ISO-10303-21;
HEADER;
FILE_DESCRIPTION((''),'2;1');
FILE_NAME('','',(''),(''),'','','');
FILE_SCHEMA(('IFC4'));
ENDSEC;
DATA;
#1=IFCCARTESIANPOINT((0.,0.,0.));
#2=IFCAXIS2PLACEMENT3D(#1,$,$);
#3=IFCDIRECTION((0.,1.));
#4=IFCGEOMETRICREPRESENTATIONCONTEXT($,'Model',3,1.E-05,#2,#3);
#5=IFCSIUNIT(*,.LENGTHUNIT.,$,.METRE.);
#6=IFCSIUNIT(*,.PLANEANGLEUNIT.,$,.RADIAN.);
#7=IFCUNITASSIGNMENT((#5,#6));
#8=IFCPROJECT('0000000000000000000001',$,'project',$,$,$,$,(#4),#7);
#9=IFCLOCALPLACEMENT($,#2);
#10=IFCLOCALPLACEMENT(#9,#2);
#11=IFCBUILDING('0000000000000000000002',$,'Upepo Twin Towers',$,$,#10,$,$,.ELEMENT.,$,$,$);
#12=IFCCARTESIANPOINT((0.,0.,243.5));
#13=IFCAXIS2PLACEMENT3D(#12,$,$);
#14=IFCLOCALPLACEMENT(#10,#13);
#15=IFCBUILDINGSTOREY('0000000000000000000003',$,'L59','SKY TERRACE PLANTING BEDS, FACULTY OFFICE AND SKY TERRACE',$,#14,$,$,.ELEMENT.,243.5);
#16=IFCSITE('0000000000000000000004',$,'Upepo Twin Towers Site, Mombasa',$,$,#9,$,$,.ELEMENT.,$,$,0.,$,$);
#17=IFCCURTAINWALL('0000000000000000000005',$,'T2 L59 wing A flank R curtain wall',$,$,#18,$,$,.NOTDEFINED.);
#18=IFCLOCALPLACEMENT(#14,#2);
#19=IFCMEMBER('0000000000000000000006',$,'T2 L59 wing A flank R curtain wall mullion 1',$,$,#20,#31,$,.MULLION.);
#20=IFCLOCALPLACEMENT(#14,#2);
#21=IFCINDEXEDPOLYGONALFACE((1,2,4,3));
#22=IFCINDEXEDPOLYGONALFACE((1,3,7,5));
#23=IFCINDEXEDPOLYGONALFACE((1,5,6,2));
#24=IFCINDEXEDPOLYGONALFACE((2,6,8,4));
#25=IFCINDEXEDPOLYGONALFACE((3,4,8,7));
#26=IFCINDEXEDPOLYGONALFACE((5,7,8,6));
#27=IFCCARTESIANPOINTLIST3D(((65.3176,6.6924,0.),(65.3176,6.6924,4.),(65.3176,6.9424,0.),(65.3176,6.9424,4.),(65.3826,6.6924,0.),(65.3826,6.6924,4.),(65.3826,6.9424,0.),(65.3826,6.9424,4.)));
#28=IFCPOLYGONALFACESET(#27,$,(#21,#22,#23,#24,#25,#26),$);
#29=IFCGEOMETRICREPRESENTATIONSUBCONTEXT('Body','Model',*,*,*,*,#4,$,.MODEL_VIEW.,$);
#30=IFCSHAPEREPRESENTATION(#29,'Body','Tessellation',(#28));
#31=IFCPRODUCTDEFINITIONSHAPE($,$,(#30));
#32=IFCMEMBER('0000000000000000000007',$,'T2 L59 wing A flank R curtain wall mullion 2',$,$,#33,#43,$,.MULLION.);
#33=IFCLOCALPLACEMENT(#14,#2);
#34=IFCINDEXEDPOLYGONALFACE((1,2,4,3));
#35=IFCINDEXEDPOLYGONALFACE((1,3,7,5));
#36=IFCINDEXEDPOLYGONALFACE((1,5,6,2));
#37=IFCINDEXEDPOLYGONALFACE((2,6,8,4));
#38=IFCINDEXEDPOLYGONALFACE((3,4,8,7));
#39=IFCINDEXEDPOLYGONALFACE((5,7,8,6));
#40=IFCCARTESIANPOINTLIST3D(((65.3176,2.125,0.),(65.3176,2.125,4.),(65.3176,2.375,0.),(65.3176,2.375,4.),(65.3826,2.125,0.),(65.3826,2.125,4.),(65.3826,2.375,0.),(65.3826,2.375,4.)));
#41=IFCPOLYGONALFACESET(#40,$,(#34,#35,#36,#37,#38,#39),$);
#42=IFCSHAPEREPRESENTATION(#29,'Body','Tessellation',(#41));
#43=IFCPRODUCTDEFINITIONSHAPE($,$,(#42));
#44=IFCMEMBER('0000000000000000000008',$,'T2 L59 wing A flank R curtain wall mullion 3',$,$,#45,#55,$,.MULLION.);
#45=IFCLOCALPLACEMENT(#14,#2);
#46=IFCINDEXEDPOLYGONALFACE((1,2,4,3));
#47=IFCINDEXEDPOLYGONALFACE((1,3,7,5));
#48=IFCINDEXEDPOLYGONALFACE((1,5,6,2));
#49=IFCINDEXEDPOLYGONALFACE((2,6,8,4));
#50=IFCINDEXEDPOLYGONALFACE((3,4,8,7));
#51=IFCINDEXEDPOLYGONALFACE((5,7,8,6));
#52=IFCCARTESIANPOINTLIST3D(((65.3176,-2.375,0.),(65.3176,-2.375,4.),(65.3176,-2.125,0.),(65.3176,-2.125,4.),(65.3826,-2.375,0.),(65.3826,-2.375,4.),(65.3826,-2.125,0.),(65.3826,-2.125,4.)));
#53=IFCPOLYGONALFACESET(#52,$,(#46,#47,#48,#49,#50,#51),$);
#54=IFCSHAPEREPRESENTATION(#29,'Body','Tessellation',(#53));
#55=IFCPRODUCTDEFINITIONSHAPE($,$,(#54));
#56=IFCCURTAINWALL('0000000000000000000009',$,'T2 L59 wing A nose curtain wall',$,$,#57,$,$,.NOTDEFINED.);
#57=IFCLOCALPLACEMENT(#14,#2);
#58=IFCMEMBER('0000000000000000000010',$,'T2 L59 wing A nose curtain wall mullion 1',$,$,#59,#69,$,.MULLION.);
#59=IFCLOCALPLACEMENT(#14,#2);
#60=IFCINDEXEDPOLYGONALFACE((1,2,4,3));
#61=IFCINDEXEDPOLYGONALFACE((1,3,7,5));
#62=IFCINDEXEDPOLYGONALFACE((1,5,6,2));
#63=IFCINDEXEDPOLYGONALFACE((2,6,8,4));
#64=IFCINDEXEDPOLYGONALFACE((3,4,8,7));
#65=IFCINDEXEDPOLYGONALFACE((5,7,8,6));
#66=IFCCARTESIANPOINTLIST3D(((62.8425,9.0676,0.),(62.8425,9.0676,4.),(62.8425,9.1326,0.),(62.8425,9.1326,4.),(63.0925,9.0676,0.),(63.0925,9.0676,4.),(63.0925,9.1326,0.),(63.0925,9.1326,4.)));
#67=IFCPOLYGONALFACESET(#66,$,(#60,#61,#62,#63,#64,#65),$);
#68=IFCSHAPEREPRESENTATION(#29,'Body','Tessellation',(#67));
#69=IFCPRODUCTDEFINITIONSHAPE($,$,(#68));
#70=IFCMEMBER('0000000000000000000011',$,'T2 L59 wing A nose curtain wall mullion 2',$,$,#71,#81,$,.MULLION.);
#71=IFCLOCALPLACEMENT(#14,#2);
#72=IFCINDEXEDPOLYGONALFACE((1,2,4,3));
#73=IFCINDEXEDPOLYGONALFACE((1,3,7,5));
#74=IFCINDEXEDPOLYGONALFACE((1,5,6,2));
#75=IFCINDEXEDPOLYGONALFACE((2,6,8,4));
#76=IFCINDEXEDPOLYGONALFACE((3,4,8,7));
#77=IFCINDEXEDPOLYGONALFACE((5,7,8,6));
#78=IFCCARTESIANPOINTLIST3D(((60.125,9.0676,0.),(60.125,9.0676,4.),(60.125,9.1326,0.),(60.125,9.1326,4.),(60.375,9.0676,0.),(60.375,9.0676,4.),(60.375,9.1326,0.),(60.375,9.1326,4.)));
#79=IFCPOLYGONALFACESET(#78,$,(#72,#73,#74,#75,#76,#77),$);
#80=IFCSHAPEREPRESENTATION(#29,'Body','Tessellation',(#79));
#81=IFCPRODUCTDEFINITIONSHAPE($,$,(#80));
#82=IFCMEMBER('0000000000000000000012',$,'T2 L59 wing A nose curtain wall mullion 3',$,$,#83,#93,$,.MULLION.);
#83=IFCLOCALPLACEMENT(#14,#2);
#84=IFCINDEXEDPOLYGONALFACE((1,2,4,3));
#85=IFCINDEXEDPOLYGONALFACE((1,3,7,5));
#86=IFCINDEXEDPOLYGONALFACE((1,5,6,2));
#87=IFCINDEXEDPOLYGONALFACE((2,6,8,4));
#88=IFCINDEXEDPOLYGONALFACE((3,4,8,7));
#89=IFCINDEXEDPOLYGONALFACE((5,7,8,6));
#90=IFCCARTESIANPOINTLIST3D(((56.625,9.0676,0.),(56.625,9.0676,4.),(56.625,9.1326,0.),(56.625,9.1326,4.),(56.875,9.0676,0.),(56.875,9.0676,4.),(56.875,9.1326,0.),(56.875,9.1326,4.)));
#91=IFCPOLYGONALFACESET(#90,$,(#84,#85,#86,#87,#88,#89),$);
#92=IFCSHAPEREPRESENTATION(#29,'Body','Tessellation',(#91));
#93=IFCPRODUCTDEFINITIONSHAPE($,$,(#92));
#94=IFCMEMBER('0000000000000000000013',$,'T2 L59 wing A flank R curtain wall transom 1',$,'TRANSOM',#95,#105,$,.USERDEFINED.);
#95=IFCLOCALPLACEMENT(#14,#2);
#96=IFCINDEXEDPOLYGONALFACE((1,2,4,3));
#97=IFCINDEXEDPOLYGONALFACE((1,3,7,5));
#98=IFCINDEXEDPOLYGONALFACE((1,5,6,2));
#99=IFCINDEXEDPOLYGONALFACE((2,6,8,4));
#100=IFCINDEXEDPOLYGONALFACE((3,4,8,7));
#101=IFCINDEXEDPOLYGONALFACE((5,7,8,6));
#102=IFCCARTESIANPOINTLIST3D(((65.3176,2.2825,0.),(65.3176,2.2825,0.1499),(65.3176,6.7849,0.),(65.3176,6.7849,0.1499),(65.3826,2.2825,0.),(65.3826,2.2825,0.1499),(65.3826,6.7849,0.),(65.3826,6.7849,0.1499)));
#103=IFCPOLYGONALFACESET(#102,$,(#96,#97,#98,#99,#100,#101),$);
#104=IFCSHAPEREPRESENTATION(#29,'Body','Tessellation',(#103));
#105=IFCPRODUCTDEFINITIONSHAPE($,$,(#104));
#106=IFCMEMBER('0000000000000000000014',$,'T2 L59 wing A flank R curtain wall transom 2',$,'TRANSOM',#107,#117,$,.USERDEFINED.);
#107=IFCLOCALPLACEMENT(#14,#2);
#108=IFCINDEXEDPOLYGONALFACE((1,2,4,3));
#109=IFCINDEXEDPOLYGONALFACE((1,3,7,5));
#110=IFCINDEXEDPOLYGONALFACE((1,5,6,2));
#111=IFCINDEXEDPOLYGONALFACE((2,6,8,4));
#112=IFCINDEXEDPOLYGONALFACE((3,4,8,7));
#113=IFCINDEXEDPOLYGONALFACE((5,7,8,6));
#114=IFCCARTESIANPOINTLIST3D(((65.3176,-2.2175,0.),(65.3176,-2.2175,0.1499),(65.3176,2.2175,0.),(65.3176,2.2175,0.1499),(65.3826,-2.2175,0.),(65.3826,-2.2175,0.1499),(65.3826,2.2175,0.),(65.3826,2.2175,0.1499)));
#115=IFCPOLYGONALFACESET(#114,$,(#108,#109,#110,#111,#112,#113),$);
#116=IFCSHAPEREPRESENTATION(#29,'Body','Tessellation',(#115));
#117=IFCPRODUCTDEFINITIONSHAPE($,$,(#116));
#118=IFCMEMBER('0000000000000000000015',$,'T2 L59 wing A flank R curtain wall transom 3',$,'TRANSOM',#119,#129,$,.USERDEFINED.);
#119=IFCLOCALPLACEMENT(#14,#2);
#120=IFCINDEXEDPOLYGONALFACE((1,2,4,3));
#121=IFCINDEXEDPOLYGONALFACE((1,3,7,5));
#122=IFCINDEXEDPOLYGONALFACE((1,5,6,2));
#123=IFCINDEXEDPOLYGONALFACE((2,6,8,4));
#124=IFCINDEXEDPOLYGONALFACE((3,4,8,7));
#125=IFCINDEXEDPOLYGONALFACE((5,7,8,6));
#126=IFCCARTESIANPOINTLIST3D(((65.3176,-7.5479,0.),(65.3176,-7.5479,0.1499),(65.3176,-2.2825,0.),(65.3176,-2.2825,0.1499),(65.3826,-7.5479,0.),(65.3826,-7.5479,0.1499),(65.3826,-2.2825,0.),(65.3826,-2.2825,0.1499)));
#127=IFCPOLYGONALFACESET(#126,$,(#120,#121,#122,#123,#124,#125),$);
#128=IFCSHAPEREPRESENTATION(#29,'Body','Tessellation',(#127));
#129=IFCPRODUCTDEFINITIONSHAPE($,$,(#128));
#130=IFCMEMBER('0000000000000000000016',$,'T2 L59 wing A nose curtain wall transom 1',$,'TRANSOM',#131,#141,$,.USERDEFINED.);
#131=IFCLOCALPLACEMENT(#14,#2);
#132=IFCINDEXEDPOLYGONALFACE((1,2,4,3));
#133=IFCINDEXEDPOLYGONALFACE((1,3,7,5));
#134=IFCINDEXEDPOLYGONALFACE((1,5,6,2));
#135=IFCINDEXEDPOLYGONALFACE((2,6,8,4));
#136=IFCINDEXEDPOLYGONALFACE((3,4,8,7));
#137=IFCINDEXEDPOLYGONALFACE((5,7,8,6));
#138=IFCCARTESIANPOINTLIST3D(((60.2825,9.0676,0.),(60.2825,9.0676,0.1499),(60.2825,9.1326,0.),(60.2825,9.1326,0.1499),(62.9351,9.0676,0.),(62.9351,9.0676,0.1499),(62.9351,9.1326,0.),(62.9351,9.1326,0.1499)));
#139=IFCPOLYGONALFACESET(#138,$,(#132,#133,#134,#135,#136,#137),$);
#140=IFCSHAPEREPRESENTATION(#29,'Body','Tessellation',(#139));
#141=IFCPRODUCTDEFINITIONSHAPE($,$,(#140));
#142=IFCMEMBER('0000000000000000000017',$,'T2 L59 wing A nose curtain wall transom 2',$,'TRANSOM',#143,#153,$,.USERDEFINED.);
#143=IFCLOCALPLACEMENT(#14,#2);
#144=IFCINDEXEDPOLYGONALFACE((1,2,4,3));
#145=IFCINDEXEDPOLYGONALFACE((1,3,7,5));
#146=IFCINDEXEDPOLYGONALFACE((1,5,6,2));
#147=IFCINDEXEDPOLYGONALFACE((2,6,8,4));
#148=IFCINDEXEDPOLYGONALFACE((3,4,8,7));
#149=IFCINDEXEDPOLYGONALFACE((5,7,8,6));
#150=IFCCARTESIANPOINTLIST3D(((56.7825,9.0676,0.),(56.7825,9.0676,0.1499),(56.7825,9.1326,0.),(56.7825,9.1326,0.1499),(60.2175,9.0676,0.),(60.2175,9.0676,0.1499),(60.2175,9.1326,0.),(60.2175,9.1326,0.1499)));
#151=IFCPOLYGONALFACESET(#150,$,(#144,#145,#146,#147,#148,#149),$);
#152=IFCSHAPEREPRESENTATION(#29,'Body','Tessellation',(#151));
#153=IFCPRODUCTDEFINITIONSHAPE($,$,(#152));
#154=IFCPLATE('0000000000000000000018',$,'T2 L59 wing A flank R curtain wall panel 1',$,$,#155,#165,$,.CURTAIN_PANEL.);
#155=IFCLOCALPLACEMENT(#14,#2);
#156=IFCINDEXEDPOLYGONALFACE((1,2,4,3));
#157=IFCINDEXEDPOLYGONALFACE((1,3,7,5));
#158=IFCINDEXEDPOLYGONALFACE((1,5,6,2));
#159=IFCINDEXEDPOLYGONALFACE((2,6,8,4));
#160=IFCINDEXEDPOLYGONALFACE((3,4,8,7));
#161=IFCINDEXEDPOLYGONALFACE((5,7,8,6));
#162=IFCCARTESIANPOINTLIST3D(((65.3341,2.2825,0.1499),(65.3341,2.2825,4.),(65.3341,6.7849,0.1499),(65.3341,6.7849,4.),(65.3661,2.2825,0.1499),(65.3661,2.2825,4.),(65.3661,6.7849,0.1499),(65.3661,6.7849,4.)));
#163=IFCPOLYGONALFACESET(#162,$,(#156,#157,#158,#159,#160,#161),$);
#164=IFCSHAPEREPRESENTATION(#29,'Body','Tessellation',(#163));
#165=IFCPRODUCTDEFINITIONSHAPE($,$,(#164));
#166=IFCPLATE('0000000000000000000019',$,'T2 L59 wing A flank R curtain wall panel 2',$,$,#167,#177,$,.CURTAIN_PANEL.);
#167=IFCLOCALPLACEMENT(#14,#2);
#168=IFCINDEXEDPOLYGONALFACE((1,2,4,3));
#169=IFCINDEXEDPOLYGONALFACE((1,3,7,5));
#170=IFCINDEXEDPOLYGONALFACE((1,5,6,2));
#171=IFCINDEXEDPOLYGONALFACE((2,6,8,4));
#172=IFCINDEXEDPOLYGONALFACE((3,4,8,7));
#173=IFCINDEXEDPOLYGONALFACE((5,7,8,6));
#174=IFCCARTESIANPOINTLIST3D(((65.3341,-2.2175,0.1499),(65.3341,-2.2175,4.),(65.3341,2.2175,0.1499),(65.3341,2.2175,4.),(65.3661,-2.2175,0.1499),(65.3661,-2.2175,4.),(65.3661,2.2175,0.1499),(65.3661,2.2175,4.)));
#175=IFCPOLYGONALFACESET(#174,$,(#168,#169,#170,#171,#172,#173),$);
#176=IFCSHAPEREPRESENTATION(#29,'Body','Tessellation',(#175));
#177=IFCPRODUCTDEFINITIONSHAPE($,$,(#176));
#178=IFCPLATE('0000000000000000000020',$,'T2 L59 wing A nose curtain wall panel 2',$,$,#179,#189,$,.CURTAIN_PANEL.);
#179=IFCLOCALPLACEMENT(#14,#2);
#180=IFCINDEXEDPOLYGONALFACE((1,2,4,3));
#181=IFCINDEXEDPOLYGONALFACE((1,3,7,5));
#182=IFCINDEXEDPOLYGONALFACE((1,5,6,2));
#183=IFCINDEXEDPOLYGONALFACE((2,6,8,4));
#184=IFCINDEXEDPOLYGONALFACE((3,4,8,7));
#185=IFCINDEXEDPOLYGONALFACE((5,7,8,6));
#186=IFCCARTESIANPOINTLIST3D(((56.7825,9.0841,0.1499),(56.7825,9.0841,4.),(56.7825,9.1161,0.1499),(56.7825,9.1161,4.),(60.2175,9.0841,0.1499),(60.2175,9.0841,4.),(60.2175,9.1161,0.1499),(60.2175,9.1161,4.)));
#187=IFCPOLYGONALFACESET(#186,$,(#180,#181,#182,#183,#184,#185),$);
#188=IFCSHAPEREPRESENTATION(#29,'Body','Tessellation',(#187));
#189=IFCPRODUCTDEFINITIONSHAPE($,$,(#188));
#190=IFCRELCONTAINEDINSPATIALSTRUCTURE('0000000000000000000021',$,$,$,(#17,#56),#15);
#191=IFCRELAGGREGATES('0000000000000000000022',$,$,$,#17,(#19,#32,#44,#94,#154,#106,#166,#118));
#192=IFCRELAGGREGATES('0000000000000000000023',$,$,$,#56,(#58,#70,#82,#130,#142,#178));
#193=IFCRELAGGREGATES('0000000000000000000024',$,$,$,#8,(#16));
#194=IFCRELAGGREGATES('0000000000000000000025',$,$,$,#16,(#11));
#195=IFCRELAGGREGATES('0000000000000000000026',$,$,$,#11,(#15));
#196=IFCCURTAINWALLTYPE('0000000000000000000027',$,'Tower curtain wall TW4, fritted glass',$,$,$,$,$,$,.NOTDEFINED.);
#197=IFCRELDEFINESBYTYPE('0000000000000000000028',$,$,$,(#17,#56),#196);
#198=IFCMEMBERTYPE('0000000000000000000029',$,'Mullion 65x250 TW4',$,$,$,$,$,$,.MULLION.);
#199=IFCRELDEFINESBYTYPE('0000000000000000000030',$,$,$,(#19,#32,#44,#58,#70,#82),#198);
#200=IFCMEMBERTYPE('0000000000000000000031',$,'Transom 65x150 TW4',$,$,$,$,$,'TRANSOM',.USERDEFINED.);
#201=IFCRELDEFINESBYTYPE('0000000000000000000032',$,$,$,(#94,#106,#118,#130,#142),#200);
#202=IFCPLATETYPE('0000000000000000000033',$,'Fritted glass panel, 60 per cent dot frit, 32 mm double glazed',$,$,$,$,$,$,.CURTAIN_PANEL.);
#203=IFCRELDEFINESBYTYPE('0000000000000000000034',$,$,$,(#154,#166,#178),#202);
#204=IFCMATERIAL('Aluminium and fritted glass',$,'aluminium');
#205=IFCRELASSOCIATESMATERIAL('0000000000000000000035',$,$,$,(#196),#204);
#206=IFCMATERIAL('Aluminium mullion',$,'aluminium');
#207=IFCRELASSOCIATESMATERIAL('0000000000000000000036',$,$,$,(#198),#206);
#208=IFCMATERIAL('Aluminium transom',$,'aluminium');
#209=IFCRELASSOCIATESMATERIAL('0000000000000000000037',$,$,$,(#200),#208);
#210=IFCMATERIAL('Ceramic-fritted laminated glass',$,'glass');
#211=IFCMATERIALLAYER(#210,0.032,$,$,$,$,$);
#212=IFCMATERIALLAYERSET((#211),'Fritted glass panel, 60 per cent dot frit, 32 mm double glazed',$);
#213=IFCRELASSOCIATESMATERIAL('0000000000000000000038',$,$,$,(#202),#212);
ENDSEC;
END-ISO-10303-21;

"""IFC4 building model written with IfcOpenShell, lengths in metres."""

from ifc_helpers import new_model, si_unit, direction, frame, origin, origin_2d, place, context, subcontext, project, spatial, rectangle, extrude, material, layer, layer_set, material_profile, profile_set, type_object, element, aggregate, save


model = new_model("IFC4")

# Units and contexts
model_context = context("Model", 3, precision=1e-05, world=origin(), true_north=direction((0.0, 1.0)))
body_context = subcontext(model_context, "Body", "Model", "MODEL_VIEW")
ifc_project = project(units=[si_unit("LENGTHUNIT", "METRE"), si_unit("PLANEANGLEUNIT", "RADIAN")], contexts=[model_context])

# Site, building, storey
site_placement = place(None, origin())
site = spatial("IfcSite", under=ifc_project, at=site_placement, Name="Upepo Twin Towers Site, Mombasa", CompositionType="ELEMENT", RefElevation=0.0)
building_placement = place(site_placement, origin())
building = spatial("IfcBuilding", under=site, at=building_placement, Name="Upepo Twin Towers", CompositionType="ELEMENT")
storey_placement = place(building_placement, frame((0.0, 0.0, 243.5)))
storey = spatial("IfcBuildingStorey", under=building, at=storey_placement, Name="L59", Description="SKY TERRACE PLANTING BEDS, FACULTY OFFICE AND SKY TERRACE", CompositionType="ELEMENT", Elevation=243.5)

# Curtain walls, members
ifc_material_1 = material(Name="Aluminium and fritted glass", Category="aluminium")
curtain_wall_type = type_object("IfcCurtainWallType", Name="Tower curtain wall TW4, fritted glass", PredefinedType="NOTDEFINED", material=ifc_material_1)
curtain_wall_1_placement = place(storey_placement, origin())
curtain_wall_1 = element("IfcCurtainWall", 1, at=curtain_wall_1_placement, inside=storey, type_object=curtain_wall_type, Name="T2 L59 wing A flank R curtain wall", PredefinedType="NOTDEFINED")
ifc_material_2 = material(Name="Aluminium mullion", Category="aluminium")
ifc_material_profile_1 = material_profile(ifc_material_2, rectangle(XDim=0.0649, YDim=0.25, at=origin_2d()), Name="MULLION 65x250")
ifc_profile_set_1 = profile_set([ifc_material_profile_1], Name="Aluminium mullion")
member_type_1 = type_object("IfcMemberType", Name="Mullion 65x250 TW4", PredefinedType="MULLION", material=ifc_profile_set_1)
member_1_placement = place(storey_placement, frame((65.3501, 6.8174, 0.0), z_axis=(0.0, 0.0, 1.0), x_axis=(1.0, 0.0, 0.0)))
member_1 = element("IfcMember", 2, at=member_1_placement, type_object=member_type_1, Name="T2 L59 wing A flank R curtain wall mullion 1", PredefinedType="MULLION", context=body_context, shape_type="SweptSolid", body=[
    extrude(rectangle(XDim=0.0649, YDim=0.25, at=origin_2d()), origin(), (0.0, 0.0, 1.0), 4.0),
])
member_2_placement = place(storey_placement, frame((65.3501, 2.25, 0.0), z_axis=(0.0, 0.0, 1.0), x_axis=(1.0, 0.0, 0.0)))
member_2 = element("IfcMember", 3, at=member_2_placement, type_object=member_type_1, Name="T2 L59 wing A flank R curtain wall mullion 2", PredefinedType="MULLION", context=body_context, shape_type="SweptSolid", body=[
    extrude(rectangle(XDim=0.0649, YDim=0.25, at=origin_2d()), origin(), (0.0, 0.0, 1.0), 4.0),
])
member_3_placement = place(storey_placement, frame((65.3501, -2.25, 0.0), z_axis=(0.0, 0.0, 1.0), x_axis=(1.0, 0.0, 0.0)))
member_3 = element("IfcMember", 4, at=member_3_placement, type_object=member_type_1, Name="T2 L59 wing A flank R curtain wall mullion 3", PredefinedType="MULLION", context=body_context, shape_type="SweptSolid", body=[
    extrude(rectangle(XDim=0.0649, YDim=0.25, at=origin_2d()), origin(), (0.0, 0.0, 1.0), 4.0),
])
curtain_wall_2_placement = place(storey_placement, origin())
curtain_wall_2 = element("IfcCurtainWall", 5, at=curtain_wall_2_placement, inside=storey, type_object=curtain_wall_type, Name="T2 L59 wing A nose curtain wall", PredefinedType="NOTDEFINED")
member_4_placement = place(storey_placement, frame((62.9675, 9.1001, 0.0), z_axis=(0.0, 0.0, 1.0), x_axis=(0.0, -1.0, 0.0)))
member_4 = element("IfcMember", 6, at=member_4_placement, type_object=member_type_1, Name="T2 L59 wing A nose curtain wall mullion 1", PredefinedType="MULLION", context=body_context, shape_type="SweptSolid", body=[
    extrude(rectangle(XDim=0.0649, YDim=0.25, at=origin_2d()), origin(), (0.0, 0.0, 1.0), 4.0),
])
member_5_placement = place(storey_placement, frame((60.25, 9.1001, 0.0), z_axis=(0.0, 0.0, 1.0), x_axis=(0.0, -1.0, 0.0)))
member_5 = element("IfcMember", 7, at=member_5_placement, type_object=member_type_1, Name="T2 L59 wing A nose curtain wall mullion 2", PredefinedType="MULLION", context=body_context, shape_type="SweptSolid", body=[
    extrude(rectangle(XDim=0.0649, YDim=0.25, at=origin_2d()), origin(), (0.0, 0.0, 1.0), 4.0),
])
member_6_placement = place(storey_placement, frame((56.75, 9.1001, 0.0), z_axis=(0.0, 0.0, 1.0), x_axis=(0.0, -1.0, 0.0)))
member_6 = element("IfcMember", 8, at=member_6_placement, type_object=member_type_1, Name="T2 L59 wing A nose curtain wall mullion 3", PredefinedType="MULLION", context=body_context, shape_type="SweptSolid", body=[
    extrude(rectangle(XDim=0.0649, YDim=0.25, at=origin_2d()), origin(), (0.0, 0.0, 1.0), 4.0),
])

# Members
ifc_material_3 = material(Name="Aluminium transom", Category="aluminium")
ifc_material_profile_2 = material_profile(ifc_material_3, rectangle(XDim=0.0649, YDim=0.1499, at=origin_2d()), Name="TRANSOM 65x150")
ifc_profile_set_2 = profile_set([ifc_material_profile_2], Name="Aluminium transom")
member_type_2 = type_object("IfcMemberType", Name="Transom 65x150 TW4", ElementType="TRANSOM", PredefinedType="USERDEFINED", material=ifc_profile_set_2)
member_7_placement = place(storey_placement, frame((65.3501, 6.7849, 0.075), z_axis=(0.0, -1.0, 0.0), x_axis=(1.0, 0.0, 0.0)))
member_7 = element("IfcMember", 9, at=member_7_placement, type_object=member_type_2, Name="T2 L59 wing A flank R curtain wall transom 1", ObjectType="TRANSOM", PredefinedType="USERDEFINED", context=body_context, shape_type="SweptSolid", body=[
    extrude(rectangle(XDim=0.0649, YDim=0.1499, at=origin_2d()), origin(), (0.0, 0.0, 1.0), 4.5024),
])
member_8_placement = place(storey_placement, frame((65.3501, 2.2175, 0.075), z_axis=(0.0, -1.0, 0.0), x_axis=(1.0, 0.0, 0.0)))
member_8 = element("IfcMember", 10, at=member_8_placement, type_object=member_type_2, Name="T2 L59 wing A flank R curtain wall transom 2", ObjectType="TRANSOM", PredefinedType="USERDEFINED", context=body_context, shape_type="SweptSolid", body=[
    extrude(rectangle(XDim=0.0649, YDim=0.1499, at=origin_2d()), origin(), (0.0, 0.0, 1.0), 4.4351),
])
member_9_placement = place(storey_placement, frame((65.3501, -2.2825, 0.075), z_axis=(0.0, -1.0, 0.0), x_axis=(1.0, 0.0, 0.0)))
member_9 = element("IfcMember", 11, at=member_9_placement, type_object=member_type_2, Name="T2 L59 wing A flank R curtain wall transom 3", ObjectType="TRANSOM", PredefinedType="USERDEFINED", context=body_context, shape_type="SweptSolid", body=[
    extrude(rectangle(XDim=0.0649, YDim=0.1499, at=origin_2d()), origin(), (0.0, 0.0, 1.0), 5.2654),
])
member_10_placement = place(storey_placement, frame((62.9351, 9.1001, 0.075), z_axis=(-1.0, 0.0, 0.0), x_axis=(0.0, -1.0, 0.0)))
member_10 = element("IfcMember", 12, at=member_10_placement, type_object=member_type_2, Name="T2 L59 wing A nose curtain wall transom 1", ObjectType="TRANSOM", PredefinedType="USERDEFINED", context=body_context, shape_type="SweptSolid", body=[
    extrude(rectangle(XDim=0.0649, YDim=0.1499, at=origin_2d()), origin(), (0.0, 0.0, 1.0), 2.6526),
])
member_11_placement = place(storey_placement, frame((60.2175, 9.1001, 0.075), z_axis=(-1.0, 0.0, 0.0), x_axis=(0.0, -1.0, 0.0)))
member_11 = element("IfcMember", 13, at=member_11_placement, type_object=member_type_2, Name="T2 L59 wing A nose curtain wall transom 2", ObjectType="TRANSOM", PredefinedType="USERDEFINED", context=body_context, shape_type="SweptSolid", body=[
    extrude(rectangle(XDim=0.0649, YDim=0.1499, at=origin_2d()), origin(), (0.0, 0.0, 1.0), 3.4351),
])

# Plates
ifc_material_4 = material(Name="Ceramic-fritted laminated glass", Category="glass")
ifc_layer_1 = layer(ifc_material_4, 0.032)
ifc_layer_set_1 = layer_set([ifc_layer_1], Name="Fritted glass panel, 60 per cent dot frit, 32 mm double glazed")
plate_type_1 = type_object("IfcPlateType", Name="Fritted glass panel, 60 per cent dot frit, 32 mm double glazed", PredefinedType="CURTAIN_PANEL", material=ifc_layer_set_1)
plate_1_placement = place(storey_placement, frame((65.3501, 4.5337, 0.1499), z_axis=(0.0, 0.0, 1.0), x_axis=(0.0, -1.0, 0.0)))
plate_1 = element("IfcPlate", 14, at=plate_1_placement, type_object=plate_type_1, Name="T2 L59 wing A flank R curtain wall panel 1", PredefinedType="CURTAIN_PANEL", context=body_context, shape_type="SweptSolid", body=[
    extrude(rectangle(XDim=4.5024, YDim=0.032, at=origin_2d()), origin(), (0.0, 0.0, 1.0), 3.8501),
])
plate_2_placement = place(storey_placement, frame((65.3501, 0.0, 0.1499), z_axis=(0.0, 0.0, 1.0), x_axis=(0.0, -1.0, 0.0)))
plate_2 = element("IfcPlate", 15, at=plate_2_placement, type_object=plate_type_1, Name="T2 L59 wing A flank R curtain wall panel 2", PredefinedType="CURTAIN_PANEL", context=body_context, shape_type="SweptSolid", body=[
    extrude(rectangle(XDim=4.4351, YDim=0.032, at=origin_2d()), origin(), (0.0, 0.0, 1.0), 3.8501),
])
aggregate(curtain_wall_1, [member_1, member_2, member_3, member_7, plate_1, member_8, plate_2, member_9])
plate_3_placement = place(storey_placement, frame((58.5, 9.1001, 0.1499), z_axis=(0.0, 0.0, 1.0), x_axis=(-1.0, 0.0, 0.0)))
plate_3 = element("IfcPlate", 16, at=plate_3_placement, type_object=plate_type_1, Name="T2 L59 wing A nose curtain wall panel 2", PredefinedType="CURTAIN_PANEL", context=body_context, shape_type="SweptSolid", body=[
    extrude(rectangle(XDim=3.4351, YDim=0.032, at=origin_2d()), origin(), (0.0, 0.0, 1.0), 3.8501),
])
aggregate(curtain_wall_2, [member_4, member_5, member_6, member_10, member_11, plate_3])

save(model, "model.ifc")
